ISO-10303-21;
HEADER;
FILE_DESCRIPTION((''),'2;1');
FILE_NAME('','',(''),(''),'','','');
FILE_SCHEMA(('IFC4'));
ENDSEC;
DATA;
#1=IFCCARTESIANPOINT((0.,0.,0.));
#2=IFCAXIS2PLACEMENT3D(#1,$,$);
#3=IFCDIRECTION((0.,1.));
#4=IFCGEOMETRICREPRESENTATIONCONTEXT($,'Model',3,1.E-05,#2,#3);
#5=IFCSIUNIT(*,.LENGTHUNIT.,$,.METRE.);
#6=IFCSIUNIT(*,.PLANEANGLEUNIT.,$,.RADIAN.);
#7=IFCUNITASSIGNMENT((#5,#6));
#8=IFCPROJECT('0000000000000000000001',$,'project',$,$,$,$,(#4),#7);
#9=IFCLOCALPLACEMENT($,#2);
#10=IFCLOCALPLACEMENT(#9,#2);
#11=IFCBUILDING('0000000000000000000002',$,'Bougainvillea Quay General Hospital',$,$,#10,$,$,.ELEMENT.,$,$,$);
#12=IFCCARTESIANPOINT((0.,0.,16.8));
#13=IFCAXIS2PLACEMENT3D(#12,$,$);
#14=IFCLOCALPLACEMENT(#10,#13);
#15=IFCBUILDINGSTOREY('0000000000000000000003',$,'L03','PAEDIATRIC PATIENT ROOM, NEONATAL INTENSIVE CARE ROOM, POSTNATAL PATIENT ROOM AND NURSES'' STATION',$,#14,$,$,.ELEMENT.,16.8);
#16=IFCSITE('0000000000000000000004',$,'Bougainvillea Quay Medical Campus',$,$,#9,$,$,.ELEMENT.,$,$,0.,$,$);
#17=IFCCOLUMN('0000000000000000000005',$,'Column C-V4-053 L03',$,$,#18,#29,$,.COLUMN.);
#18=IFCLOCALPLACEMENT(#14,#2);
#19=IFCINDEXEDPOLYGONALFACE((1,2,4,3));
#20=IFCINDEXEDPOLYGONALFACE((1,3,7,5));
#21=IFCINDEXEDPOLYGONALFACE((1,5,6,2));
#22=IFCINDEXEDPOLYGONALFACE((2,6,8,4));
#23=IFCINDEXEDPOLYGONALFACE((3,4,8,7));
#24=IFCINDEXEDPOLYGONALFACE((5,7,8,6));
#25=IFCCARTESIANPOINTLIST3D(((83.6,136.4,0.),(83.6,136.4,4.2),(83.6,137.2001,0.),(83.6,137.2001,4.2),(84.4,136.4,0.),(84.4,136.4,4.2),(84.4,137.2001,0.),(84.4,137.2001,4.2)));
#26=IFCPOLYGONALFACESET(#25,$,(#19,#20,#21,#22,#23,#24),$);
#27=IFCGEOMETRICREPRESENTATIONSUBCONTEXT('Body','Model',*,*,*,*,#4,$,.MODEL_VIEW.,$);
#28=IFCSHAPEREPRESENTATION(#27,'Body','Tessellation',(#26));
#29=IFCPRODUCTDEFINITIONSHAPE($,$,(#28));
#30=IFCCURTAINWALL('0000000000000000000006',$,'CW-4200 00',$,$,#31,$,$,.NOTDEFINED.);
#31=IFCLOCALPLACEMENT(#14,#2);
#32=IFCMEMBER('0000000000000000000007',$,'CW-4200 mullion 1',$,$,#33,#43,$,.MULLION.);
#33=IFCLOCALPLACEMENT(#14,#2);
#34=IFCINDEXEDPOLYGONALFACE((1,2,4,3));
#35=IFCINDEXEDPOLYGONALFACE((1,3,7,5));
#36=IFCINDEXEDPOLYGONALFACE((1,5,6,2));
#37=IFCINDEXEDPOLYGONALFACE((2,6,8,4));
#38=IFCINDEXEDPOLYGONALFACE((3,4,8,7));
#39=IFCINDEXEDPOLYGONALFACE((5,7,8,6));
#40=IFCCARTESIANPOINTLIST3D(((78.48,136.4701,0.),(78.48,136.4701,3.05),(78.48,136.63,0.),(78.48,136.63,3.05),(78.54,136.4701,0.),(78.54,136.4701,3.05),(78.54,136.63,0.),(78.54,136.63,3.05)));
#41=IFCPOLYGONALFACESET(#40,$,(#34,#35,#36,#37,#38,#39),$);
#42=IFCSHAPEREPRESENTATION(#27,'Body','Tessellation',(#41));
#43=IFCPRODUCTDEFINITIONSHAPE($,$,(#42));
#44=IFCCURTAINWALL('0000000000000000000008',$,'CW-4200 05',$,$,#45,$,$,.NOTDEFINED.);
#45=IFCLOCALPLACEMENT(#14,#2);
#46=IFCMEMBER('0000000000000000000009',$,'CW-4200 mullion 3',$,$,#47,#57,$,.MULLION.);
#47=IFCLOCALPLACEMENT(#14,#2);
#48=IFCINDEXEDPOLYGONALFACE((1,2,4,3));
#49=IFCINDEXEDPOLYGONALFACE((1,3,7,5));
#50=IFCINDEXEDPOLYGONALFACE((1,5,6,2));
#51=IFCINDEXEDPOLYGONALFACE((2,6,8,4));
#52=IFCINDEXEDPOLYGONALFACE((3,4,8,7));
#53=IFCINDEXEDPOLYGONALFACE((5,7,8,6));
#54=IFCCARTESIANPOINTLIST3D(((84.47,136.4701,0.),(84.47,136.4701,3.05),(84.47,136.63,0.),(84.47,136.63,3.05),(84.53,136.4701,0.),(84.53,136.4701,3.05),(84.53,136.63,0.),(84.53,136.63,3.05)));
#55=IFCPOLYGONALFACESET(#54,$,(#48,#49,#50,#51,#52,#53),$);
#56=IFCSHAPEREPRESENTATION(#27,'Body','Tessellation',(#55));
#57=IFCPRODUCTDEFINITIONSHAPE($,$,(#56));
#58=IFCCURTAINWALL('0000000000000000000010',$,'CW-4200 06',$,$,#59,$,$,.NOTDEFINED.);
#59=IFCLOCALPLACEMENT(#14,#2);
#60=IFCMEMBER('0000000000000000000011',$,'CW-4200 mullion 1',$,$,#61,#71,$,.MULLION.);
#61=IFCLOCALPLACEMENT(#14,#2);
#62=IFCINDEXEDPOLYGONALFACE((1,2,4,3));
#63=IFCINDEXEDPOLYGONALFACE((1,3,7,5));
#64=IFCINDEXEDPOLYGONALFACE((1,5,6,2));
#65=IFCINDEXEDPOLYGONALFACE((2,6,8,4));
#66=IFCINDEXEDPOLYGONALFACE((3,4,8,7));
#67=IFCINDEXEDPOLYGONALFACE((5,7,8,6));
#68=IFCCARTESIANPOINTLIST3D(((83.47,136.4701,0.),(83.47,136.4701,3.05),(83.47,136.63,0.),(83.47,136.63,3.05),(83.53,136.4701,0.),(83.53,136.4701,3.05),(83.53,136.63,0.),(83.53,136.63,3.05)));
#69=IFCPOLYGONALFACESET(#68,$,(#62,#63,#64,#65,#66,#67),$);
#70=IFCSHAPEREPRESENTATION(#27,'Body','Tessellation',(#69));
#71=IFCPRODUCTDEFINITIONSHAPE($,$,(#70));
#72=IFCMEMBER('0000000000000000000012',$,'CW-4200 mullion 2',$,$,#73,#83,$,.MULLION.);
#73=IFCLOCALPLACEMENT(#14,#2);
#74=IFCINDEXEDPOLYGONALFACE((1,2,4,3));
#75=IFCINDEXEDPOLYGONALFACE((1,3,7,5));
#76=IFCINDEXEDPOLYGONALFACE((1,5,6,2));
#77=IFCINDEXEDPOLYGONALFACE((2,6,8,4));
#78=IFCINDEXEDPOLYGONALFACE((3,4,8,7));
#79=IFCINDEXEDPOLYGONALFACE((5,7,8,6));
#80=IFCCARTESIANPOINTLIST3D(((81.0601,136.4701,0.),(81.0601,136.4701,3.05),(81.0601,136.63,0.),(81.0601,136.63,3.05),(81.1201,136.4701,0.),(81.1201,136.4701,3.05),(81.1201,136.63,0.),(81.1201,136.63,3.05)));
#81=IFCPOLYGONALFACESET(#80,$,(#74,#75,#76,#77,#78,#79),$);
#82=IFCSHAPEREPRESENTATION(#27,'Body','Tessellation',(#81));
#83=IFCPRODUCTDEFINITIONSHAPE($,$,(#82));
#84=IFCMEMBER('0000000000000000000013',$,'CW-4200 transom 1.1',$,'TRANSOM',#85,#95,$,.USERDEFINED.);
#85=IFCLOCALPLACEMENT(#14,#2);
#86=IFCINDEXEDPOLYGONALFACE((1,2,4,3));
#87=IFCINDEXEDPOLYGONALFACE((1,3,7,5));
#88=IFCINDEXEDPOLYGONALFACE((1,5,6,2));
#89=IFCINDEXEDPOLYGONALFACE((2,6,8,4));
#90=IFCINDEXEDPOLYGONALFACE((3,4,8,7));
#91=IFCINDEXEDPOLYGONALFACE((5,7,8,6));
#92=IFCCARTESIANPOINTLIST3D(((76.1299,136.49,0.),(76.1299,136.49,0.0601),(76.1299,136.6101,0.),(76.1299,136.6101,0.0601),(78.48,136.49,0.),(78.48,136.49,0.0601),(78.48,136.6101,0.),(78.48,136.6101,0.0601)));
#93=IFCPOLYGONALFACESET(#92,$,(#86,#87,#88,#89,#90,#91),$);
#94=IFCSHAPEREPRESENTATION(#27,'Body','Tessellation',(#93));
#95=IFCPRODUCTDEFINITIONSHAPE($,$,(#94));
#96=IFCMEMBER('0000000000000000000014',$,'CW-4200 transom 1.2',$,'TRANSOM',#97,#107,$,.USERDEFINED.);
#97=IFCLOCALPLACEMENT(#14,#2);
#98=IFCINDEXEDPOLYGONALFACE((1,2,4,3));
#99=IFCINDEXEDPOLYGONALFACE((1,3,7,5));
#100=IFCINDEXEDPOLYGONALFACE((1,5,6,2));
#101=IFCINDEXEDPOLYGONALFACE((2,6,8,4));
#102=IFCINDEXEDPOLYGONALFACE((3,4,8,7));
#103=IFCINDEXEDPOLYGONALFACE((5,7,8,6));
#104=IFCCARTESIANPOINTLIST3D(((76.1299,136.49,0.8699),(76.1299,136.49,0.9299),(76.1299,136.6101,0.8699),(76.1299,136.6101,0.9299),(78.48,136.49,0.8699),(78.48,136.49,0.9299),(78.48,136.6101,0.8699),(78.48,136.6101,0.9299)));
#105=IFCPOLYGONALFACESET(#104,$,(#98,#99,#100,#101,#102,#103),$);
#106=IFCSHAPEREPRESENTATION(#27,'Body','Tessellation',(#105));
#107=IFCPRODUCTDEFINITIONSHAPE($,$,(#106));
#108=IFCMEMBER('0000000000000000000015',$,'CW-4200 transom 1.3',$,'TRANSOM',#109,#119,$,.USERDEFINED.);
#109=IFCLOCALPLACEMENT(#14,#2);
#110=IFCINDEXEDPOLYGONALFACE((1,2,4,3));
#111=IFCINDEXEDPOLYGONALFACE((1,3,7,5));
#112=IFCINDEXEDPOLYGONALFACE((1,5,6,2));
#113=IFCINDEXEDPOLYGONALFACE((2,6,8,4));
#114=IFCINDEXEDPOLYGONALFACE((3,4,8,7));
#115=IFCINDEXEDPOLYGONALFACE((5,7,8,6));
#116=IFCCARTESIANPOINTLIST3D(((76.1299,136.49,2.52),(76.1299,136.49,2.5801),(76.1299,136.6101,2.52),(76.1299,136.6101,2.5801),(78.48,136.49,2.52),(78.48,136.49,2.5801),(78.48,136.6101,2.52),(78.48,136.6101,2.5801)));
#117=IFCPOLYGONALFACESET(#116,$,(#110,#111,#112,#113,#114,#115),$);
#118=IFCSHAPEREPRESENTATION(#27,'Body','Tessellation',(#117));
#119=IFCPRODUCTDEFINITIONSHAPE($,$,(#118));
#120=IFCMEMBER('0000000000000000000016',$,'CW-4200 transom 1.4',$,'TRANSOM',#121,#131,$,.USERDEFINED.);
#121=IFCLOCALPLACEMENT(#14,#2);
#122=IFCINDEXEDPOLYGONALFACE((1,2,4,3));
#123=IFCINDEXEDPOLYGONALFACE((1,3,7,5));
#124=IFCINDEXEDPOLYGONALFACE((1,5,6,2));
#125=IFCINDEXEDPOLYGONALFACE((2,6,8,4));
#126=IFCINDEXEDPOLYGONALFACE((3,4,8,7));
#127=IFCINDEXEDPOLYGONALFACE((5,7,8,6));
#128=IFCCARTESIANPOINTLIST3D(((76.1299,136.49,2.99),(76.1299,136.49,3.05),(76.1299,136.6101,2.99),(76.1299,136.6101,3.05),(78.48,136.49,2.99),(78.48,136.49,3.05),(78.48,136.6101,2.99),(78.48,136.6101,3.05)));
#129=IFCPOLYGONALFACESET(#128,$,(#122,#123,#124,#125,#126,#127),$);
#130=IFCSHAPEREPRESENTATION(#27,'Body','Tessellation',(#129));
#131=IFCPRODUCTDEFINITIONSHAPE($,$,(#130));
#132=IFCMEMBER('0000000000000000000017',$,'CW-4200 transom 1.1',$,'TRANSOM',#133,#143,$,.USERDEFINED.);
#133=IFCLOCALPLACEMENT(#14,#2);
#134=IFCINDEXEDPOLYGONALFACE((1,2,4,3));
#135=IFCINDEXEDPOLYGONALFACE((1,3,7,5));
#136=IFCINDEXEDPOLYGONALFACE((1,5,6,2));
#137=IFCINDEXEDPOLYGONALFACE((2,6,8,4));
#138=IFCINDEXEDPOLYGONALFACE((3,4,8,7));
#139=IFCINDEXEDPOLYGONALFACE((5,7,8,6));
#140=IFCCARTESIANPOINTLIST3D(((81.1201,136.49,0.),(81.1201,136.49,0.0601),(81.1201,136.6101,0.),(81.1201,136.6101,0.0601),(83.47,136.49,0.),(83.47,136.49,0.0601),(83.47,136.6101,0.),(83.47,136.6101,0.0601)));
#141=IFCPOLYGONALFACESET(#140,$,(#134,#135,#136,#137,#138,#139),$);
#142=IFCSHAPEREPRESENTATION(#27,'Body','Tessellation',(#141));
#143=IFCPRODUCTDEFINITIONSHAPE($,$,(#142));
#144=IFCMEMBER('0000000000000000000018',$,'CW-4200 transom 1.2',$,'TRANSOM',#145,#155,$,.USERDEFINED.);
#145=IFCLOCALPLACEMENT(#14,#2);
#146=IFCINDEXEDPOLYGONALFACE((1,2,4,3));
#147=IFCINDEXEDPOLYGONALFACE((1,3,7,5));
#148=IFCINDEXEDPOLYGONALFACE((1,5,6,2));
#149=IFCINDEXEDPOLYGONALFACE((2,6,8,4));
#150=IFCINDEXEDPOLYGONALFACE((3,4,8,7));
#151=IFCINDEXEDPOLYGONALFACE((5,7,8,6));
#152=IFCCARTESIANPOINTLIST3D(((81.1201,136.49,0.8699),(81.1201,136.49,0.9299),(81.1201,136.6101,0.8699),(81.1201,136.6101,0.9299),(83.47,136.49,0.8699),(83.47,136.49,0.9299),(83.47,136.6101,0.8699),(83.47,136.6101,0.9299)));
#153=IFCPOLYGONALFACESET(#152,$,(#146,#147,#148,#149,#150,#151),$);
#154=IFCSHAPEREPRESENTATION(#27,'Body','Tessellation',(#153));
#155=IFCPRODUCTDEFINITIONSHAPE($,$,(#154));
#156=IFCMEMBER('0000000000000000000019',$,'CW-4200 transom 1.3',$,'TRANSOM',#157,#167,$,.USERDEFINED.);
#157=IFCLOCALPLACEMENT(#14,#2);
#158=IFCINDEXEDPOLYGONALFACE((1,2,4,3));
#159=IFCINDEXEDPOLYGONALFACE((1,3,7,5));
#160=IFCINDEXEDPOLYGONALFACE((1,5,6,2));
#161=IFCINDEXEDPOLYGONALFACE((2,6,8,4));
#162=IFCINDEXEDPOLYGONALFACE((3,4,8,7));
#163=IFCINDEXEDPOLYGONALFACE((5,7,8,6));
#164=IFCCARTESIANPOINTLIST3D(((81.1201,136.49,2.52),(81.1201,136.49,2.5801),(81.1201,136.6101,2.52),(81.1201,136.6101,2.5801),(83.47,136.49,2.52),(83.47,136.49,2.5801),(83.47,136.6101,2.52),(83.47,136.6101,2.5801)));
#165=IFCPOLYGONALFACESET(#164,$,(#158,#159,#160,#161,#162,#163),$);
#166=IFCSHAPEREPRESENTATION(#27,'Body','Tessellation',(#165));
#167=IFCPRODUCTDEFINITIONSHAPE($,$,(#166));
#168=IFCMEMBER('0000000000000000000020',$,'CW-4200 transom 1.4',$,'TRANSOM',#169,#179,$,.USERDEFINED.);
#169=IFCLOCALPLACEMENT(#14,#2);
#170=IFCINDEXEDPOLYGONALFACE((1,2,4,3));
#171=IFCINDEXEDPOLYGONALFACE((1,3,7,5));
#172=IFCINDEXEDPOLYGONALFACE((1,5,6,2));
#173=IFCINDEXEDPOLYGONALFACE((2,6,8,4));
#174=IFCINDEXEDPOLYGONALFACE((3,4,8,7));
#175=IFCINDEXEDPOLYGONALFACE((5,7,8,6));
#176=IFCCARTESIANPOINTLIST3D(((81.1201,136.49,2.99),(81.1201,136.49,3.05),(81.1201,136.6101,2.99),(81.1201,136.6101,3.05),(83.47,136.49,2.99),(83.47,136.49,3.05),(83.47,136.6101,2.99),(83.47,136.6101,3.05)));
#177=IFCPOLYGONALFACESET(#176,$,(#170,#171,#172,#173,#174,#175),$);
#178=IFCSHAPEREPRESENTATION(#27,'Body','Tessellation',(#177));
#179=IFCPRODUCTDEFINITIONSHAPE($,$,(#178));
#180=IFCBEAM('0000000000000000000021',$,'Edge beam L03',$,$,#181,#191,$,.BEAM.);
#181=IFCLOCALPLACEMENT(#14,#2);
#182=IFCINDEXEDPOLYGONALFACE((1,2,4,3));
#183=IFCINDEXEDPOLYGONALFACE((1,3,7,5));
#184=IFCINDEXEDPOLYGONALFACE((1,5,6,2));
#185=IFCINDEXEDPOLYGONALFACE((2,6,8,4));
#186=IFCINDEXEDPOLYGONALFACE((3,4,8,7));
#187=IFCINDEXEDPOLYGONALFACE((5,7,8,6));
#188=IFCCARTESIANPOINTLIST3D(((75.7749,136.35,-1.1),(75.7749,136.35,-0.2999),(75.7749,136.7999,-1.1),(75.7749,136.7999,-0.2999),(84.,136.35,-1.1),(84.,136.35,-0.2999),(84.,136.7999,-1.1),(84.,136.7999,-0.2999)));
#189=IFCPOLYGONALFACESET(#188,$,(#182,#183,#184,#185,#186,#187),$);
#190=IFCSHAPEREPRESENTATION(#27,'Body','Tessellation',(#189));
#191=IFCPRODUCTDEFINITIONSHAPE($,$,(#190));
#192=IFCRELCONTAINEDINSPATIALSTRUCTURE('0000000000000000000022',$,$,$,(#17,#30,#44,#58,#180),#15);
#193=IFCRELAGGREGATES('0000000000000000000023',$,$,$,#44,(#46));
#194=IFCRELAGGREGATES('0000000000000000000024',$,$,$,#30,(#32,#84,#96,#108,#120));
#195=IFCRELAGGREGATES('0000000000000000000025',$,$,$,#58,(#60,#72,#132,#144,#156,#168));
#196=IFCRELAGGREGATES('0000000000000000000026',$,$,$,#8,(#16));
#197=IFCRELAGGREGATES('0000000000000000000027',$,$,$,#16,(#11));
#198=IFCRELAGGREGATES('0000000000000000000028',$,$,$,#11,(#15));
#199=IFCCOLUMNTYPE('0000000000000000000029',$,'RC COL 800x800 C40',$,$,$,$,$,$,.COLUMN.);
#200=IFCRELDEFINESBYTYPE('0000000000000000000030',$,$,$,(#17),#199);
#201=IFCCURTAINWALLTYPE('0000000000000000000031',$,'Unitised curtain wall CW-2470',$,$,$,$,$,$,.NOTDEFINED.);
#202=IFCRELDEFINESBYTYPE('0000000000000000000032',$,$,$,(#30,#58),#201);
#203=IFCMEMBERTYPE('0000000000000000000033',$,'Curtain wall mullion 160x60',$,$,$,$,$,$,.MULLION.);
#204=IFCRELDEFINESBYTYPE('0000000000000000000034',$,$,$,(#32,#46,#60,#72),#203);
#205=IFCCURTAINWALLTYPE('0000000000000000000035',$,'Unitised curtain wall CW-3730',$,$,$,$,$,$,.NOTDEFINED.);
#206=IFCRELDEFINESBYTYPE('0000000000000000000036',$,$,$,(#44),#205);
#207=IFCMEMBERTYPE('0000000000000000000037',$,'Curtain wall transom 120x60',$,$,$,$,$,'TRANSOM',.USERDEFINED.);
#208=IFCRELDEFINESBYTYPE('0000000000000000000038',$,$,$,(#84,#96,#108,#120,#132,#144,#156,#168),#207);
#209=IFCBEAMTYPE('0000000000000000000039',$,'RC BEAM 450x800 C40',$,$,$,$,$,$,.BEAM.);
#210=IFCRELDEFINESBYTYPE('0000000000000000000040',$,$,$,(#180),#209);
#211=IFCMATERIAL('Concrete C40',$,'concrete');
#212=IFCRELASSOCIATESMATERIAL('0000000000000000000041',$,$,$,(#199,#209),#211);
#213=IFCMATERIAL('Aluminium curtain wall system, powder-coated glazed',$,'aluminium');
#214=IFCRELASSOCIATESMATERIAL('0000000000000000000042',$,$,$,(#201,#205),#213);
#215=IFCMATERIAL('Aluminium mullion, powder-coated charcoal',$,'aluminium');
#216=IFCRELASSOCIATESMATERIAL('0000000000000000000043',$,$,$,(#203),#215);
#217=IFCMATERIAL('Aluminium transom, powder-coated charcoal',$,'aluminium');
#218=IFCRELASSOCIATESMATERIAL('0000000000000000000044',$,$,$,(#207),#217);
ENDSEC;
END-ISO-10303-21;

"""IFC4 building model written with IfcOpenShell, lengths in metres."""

from ifc_helpers import new_model, si_unit, direction, frame, origin, origin_2d, place, context, subcontext, project, spatial, rectangle, extrude, material, material_profile, profile_set, type_object, element, aggregate, save


model = new_model("IFC4")

# Units and contexts
model_context = context("Model", 3, precision=1e-05, world=origin(), true_north=direction((0.0, 1.0)))
body_context = subcontext(model_context, "Body", "Model", "MODEL_VIEW")
ifc_project = project(units=[si_unit("LENGTHUNIT", "METRE"), si_unit("PLANEANGLEUNIT", "RADIAN")], contexts=[model_context])

# Site, building, storey
site_placement = place(None, origin())
site = spatial("IfcSite", under=ifc_project, at=site_placement, Name="Bougainvillea Quay Medical Campus", CompositionType="ELEMENT", RefElevation=0.0)
building_placement = place(site_placement, origin())
building = spatial("IfcBuilding", under=site, at=building_placement, Name="Bougainvillea Quay General Hospital", CompositionType="ELEMENT")
storey_placement = place(building_placement, frame((0.0, 0.0, 16.8)))
storey = spatial("IfcBuildingStorey", under=building, at=storey_placement, Name="L03", Description="PAEDIATRIC PATIENT ROOM, NEONATAL INTENSIVE CARE ROOM, POSTNATAL PATIENT ROOM AND NURSES' STATION", CompositionType="ELEMENT", Elevation=16.8)

# Column
ifc_material_1 = material(Name="Concrete C40", Category="concrete")
ifc_material_profile_1 = material_profile(ifc_material_1, rectangle(XDim=0.8, YDim=0.8, at=origin_2d()))
ifc_profile_set_1 = profile_set([ifc_material_profile_1], Name="Concrete C40")
column_type = type_object("IfcColumnType", Name="RC COL 800x800 C40", PredefinedType="COLUMN", material=ifc_profile_set_1)
column_placement = place(storey_placement, frame((84.0, 136.8, 0.0), z_axis=(0.0, 0.0, 1.0), x_axis=(1.0, 0.0, 0.0)))
element("IfcColumn", 1, at=column_placement, inside=storey, type_object=column_type, Name="Column C-V4-053 L03", PredefinedType="COLUMN", context=body_context, shape_type="SweptSolid", body=[
    extrude(rectangle(XDim=0.8, YDim=0.8, at=origin_2d()), origin(), (0.0, 0.0, 1.0), 4.2),
])

# Curtain walls, members
ifc_material_2 = material(Name="Aluminium curtain wall system, powder-coated glazed", Category="aluminium")
curtain_wall_type_1 = type_object("IfcCurtainWallType", Name="Unitised curtain wall CW-2470", PredefinedType="NOTDEFINED", material=ifc_material_2)
curtain_wall_1_placement = place(storey_placement, origin())
curtain_wall_1 = element("IfcCurtainWall", 2, at=curtain_wall_1_placement, inside=storey, type_object=curtain_wall_type_1, Name="CW-4200 00", PredefinedType="NOTDEFINED")
ifc_material_3 = material(Name="Aluminium mullion, powder-coated charcoal", Category="aluminium")
ifc_material_profile_2 = material_profile(ifc_material_3, rectangle(XDim=0.1599, YDim=0.0601, at=origin_2d()))
ifc_profile_set_2 = profile_set([ifc_material_profile_2], Name="Aluminium mullion, powder-coated charcoal")
member_type_1 = type_object("IfcMemberType", Name="Curtain wall mullion 160x60", PredefinedType="MULLION", material=ifc_profile_set_2)
member_1_placement = place(storey_placement, frame((78.51, 136.55, 0.0), z_axis=(0.0, 0.0, 1.0), x_axis=(0.0, -1.0, 0.0)))
member_1 = element("IfcMember", 3, at=member_1_placement, type_object=member_type_1, Name="CW-4200 mullion 1", PredefinedType="MULLION", context=body_context, shape_type="SweptSolid", body=[
    extrude(rectangle(XDim=0.1599, YDim=0.0601, at=origin_2d()), origin(), (0.0, 0.0, 1.0), 3.05),
])
curtain_wall_type_2 = type_object("IfcCurtainWallType", Name="Unitised curtain wall CW-3730", PredefinedType="NOTDEFINED", material=ifc_material_2)
curtain_wall_2_placement = place(storey_placement, origin())
curtain_wall_2 = element("IfcCurtainWall", 4, at=curtain_wall_2_placement, inside=storey, type_object=curtain_wall_type_2, Name="CW-4200 05", PredefinedType="NOTDEFINED")
member_2_placement = place(storey_placement, frame((84.5, 136.55, 0.0), z_axis=(0.0, 0.0, 1.0), x_axis=(0.0, -1.0, 0.0)))
member_2 = element("IfcMember", 5, at=member_2_placement, type_object=member_type_1, Name="CW-4200 mullion 3", PredefinedType="MULLION", context=body_context, shape_type="SweptSolid", body=[
    extrude(rectangle(XDim=0.1599, YDim=0.0601, at=origin_2d()), origin(), (0.0, 0.0, 1.0), 3.05),
])
aggregate(curtain_wall_2, [member_2])

# Curtain wall, members
curtain_wall_3_placement = place(storey_placement, origin())
curtain_wall_3 = element("IfcCurtainWall", 6, at=curtain_wall_3_placement, inside=storey, type_object=curtain_wall_type_1, Name="CW-4200 06", PredefinedType="NOTDEFINED")
member_3_placement = place(storey_placement, frame((83.5, 136.55, 0.0), z_axis=(0.0, 0.0, 1.0), x_axis=(0.0, -1.0, 0.0)))
member_3 = element("IfcMember", 7, at=member_3_placement, type_object=member_type_1, Name="CW-4200 mullion 1", PredefinedType="MULLION", context=body_context, shape_type="SweptSolid", body=[
    extrude(rectangle(XDim=0.1599, YDim=0.0601, at=origin_2d()), origin(), (0.0, 0.0, 1.0), 3.05),
])
member_4_placement = place(storey_placement, frame((81.0901, 136.55, 0.0), z_axis=(0.0, 0.0, 1.0), x_axis=(0.0, -1.0, 0.0)))
member_4 = element("IfcMember", 8, at=member_4_placement, type_object=member_type_1, Name="CW-4200 mullion 2", PredefinedType="MULLION", context=body_context, shape_type="SweptSolid", body=[
    extrude(rectangle(XDim=0.1599, YDim=0.0601, at=origin_2d()), origin(), (0.0, 0.0, 1.0), 3.05),
])

# Members
ifc_material_4 = material(Name="Aluminium transom, powder-coated charcoal", Category="aluminium")
ifc_material_profile_3 = material_profile(ifc_material_4, rectangle(XDim=0.1201, YDim=0.0601, at=origin_2d()))
ifc_profile_set_3 = profile_set([ifc_material_profile_3], Name="Aluminium transom, powder-coated charcoal")
member_type_2 = type_object("IfcMemberType", Name="Curtain wall transom 120x60", ElementType="TRANSOM", PredefinedType="USERDEFINED", material=ifc_profile_set_3)
member_5_placement = place(storey_placement, frame((78.48, 136.55, 0.03), z_axis=(-1.0, 0.0, 0.0), x_axis=(0.0, -1.0, 0.0)))
member_5 = element("IfcMember", 9, at=member_5_placement, type_object=member_type_2, Name="CW-4200 transom 1.1", ObjectType="TRANSOM", PredefinedType="USERDEFINED", context=body_context, shape_type="SweptSolid", body=[
    extrude(rectangle(XDim=0.1201, YDim=0.0601, at=origin_2d()), origin(), (0.0, 0.0, 1.0), 2.3501),
])
member_6_placement = place(storey_placement, frame((78.48, 136.55, 0.8999), z_axis=(-1.0, 0.0, 0.0), x_axis=(0.0, -1.0, 0.0)))
member_6 = element("IfcMember", 10, at=member_6_placement, type_object=member_type_2, Name="CW-4200 transom 1.2", ObjectType="TRANSOM", PredefinedType="USERDEFINED", context=body_context, shape_type="SweptSolid", body=[
    extrude(rectangle(XDim=0.1201, YDim=0.0601, at=origin_2d()), origin(), (0.0, 0.0, 1.0), 2.3501),
])
member_7_placement = place(storey_placement, frame((78.48, 136.55, 2.55), z_axis=(-1.0, 0.0, 0.0), x_axis=(0.0, -1.0, 0.0)))
member_7 = element("IfcMember", 11, at=member_7_placement, type_object=member_type_2, Name="CW-4200 transom 1.3", ObjectType="TRANSOM", PredefinedType="USERDEFINED", context=body_context, shape_type="SweptSolid", body=[
    extrude(rectangle(XDim=0.1201, YDim=0.0601, at=origin_2d()), origin(), (0.0, 0.0, 1.0), 2.3501),
])
member_8_placement = place(storey_placement, frame((78.48, 136.55, 3.02), z_axis=(-1.0, 0.0, 0.0), x_axis=(0.0, -1.0, 0.0)))
member_8 = element("IfcMember", 12, at=member_8_placement, type_object=member_type_2, Name="CW-4200 transom 1.4", ObjectType="TRANSOM", PredefinedType="USERDEFINED", context=body_context, shape_type="SweptSolid", body=[
    extrude(rectangle(XDim=0.1201, YDim=0.0601, at=origin_2d()), origin(), (0.0, 0.0, 1.0), 2.3501),
])
member_9_placement = place(storey_placement, frame((83.47, 136.55, 0.03), z_axis=(-1.0, 0.0, 0.0), x_axis=(0.0, -1.0, 0.0)))
member_9 = element("IfcMember", 13, at=member_9_placement, type_object=member_type_2, Name="CW-4200 transom 1.1", ObjectType="TRANSOM", PredefinedType="USERDEFINED", context=body_context, shape_type="SweptSolid", body=[
    extrude(rectangle(XDim=0.1201, YDim=0.0601, at=origin_2d()), origin(), (0.0, 0.0, 1.0), 2.3499),
])
member_10_placement = place(storey_placement, frame((83.47, 136.55, 0.8999), z_axis=(-1.0, 0.0, 0.0), x_axis=(0.0, -1.0, 0.0)))
member_10 = element("IfcMember", 14, at=member_10_placement, type_object=member_type_2, Name="CW-4200 transom 1.2", ObjectType="TRANSOM", PredefinedType="USERDEFINED", context=body_context, shape_type="SweptSolid", body=[
    extrude(rectangle(XDim=0.1201, YDim=0.0601, at=origin_2d()), origin(), (0.0, 0.0, 1.0), 2.3499),
])
member_11_placement = place(storey_placement, frame((83.47, 136.55, 2.55), z_axis=(-1.0, 0.0, 0.0), x_axis=(0.0, -1.0, 0.0)))
member_11 = element("IfcMember", 15, at=member_11_placement, type_object=member_type_2, Name="CW-4200 transom 1.3", ObjectType="TRANSOM", PredefinedType="USERDEFINED", context=body_context, shape_type="SweptSolid", body=[
    extrude(rectangle(XDim=0.1201, YDim=0.0601, at=origin_2d()), origin(), (0.0, 0.0, 1.0), 2.3499),
])
member_12_placement = place(storey_placement, frame((83.47, 136.55, 3.02), z_axis=(-1.0, 0.0, 0.0), x_axis=(0.0, -1.0, 0.0)))
member_12 = element("IfcMember", 16, at=member_12_placement, type_object=member_type_2, Name="CW-4200 transom 1.4", ObjectType="TRANSOM", PredefinedType="USERDEFINED", context=body_context, shape_type="SweptSolid", body=[
    extrude(rectangle(XDim=0.1201, YDim=0.0601, at=origin_2d()), origin(), (0.0, 0.0, 1.0), 2.3499),
])

# Beam
ifc_material_profile_4 = material_profile(ifc_material_1, rectangle(XDim=0.45, YDim=0.8, at=origin_2d()))
ifc_profile_set_4 = profile_set([ifc_material_profile_4], Name="Concrete C40")
beam_type = type_object("IfcBeamType", Name="RC BEAM 450x800 C40", PredefinedType="BEAM", material=ifc_profile_set_4)
beam_placement = place(storey_placement, frame((84.0, 136.575, -0.7), z_axis=(-1.0, 0.0, 0.0), x_axis=(0.0, -1.0, 0.0)))
element("IfcBeam", 17, at=beam_placement, inside=storey, type_object=beam_type, Name="Edge beam L03", PredefinedType="BEAM", context=body_context, shape_type="SweptSolid", body=[
    extrude(rectangle(XDim=0.45, YDim=0.8, at=origin_2d()), origin(), (0.0, 0.0, 1.0), 8.2251),
])

aggregate(curtain_wall_1, [member_1, member_5, member_6, member_7, member_8])
aggregate(curtain_wall_3, [member_3, member_4, member_9, member_10, member_11, member_12])

save(model, "model.ifc")
